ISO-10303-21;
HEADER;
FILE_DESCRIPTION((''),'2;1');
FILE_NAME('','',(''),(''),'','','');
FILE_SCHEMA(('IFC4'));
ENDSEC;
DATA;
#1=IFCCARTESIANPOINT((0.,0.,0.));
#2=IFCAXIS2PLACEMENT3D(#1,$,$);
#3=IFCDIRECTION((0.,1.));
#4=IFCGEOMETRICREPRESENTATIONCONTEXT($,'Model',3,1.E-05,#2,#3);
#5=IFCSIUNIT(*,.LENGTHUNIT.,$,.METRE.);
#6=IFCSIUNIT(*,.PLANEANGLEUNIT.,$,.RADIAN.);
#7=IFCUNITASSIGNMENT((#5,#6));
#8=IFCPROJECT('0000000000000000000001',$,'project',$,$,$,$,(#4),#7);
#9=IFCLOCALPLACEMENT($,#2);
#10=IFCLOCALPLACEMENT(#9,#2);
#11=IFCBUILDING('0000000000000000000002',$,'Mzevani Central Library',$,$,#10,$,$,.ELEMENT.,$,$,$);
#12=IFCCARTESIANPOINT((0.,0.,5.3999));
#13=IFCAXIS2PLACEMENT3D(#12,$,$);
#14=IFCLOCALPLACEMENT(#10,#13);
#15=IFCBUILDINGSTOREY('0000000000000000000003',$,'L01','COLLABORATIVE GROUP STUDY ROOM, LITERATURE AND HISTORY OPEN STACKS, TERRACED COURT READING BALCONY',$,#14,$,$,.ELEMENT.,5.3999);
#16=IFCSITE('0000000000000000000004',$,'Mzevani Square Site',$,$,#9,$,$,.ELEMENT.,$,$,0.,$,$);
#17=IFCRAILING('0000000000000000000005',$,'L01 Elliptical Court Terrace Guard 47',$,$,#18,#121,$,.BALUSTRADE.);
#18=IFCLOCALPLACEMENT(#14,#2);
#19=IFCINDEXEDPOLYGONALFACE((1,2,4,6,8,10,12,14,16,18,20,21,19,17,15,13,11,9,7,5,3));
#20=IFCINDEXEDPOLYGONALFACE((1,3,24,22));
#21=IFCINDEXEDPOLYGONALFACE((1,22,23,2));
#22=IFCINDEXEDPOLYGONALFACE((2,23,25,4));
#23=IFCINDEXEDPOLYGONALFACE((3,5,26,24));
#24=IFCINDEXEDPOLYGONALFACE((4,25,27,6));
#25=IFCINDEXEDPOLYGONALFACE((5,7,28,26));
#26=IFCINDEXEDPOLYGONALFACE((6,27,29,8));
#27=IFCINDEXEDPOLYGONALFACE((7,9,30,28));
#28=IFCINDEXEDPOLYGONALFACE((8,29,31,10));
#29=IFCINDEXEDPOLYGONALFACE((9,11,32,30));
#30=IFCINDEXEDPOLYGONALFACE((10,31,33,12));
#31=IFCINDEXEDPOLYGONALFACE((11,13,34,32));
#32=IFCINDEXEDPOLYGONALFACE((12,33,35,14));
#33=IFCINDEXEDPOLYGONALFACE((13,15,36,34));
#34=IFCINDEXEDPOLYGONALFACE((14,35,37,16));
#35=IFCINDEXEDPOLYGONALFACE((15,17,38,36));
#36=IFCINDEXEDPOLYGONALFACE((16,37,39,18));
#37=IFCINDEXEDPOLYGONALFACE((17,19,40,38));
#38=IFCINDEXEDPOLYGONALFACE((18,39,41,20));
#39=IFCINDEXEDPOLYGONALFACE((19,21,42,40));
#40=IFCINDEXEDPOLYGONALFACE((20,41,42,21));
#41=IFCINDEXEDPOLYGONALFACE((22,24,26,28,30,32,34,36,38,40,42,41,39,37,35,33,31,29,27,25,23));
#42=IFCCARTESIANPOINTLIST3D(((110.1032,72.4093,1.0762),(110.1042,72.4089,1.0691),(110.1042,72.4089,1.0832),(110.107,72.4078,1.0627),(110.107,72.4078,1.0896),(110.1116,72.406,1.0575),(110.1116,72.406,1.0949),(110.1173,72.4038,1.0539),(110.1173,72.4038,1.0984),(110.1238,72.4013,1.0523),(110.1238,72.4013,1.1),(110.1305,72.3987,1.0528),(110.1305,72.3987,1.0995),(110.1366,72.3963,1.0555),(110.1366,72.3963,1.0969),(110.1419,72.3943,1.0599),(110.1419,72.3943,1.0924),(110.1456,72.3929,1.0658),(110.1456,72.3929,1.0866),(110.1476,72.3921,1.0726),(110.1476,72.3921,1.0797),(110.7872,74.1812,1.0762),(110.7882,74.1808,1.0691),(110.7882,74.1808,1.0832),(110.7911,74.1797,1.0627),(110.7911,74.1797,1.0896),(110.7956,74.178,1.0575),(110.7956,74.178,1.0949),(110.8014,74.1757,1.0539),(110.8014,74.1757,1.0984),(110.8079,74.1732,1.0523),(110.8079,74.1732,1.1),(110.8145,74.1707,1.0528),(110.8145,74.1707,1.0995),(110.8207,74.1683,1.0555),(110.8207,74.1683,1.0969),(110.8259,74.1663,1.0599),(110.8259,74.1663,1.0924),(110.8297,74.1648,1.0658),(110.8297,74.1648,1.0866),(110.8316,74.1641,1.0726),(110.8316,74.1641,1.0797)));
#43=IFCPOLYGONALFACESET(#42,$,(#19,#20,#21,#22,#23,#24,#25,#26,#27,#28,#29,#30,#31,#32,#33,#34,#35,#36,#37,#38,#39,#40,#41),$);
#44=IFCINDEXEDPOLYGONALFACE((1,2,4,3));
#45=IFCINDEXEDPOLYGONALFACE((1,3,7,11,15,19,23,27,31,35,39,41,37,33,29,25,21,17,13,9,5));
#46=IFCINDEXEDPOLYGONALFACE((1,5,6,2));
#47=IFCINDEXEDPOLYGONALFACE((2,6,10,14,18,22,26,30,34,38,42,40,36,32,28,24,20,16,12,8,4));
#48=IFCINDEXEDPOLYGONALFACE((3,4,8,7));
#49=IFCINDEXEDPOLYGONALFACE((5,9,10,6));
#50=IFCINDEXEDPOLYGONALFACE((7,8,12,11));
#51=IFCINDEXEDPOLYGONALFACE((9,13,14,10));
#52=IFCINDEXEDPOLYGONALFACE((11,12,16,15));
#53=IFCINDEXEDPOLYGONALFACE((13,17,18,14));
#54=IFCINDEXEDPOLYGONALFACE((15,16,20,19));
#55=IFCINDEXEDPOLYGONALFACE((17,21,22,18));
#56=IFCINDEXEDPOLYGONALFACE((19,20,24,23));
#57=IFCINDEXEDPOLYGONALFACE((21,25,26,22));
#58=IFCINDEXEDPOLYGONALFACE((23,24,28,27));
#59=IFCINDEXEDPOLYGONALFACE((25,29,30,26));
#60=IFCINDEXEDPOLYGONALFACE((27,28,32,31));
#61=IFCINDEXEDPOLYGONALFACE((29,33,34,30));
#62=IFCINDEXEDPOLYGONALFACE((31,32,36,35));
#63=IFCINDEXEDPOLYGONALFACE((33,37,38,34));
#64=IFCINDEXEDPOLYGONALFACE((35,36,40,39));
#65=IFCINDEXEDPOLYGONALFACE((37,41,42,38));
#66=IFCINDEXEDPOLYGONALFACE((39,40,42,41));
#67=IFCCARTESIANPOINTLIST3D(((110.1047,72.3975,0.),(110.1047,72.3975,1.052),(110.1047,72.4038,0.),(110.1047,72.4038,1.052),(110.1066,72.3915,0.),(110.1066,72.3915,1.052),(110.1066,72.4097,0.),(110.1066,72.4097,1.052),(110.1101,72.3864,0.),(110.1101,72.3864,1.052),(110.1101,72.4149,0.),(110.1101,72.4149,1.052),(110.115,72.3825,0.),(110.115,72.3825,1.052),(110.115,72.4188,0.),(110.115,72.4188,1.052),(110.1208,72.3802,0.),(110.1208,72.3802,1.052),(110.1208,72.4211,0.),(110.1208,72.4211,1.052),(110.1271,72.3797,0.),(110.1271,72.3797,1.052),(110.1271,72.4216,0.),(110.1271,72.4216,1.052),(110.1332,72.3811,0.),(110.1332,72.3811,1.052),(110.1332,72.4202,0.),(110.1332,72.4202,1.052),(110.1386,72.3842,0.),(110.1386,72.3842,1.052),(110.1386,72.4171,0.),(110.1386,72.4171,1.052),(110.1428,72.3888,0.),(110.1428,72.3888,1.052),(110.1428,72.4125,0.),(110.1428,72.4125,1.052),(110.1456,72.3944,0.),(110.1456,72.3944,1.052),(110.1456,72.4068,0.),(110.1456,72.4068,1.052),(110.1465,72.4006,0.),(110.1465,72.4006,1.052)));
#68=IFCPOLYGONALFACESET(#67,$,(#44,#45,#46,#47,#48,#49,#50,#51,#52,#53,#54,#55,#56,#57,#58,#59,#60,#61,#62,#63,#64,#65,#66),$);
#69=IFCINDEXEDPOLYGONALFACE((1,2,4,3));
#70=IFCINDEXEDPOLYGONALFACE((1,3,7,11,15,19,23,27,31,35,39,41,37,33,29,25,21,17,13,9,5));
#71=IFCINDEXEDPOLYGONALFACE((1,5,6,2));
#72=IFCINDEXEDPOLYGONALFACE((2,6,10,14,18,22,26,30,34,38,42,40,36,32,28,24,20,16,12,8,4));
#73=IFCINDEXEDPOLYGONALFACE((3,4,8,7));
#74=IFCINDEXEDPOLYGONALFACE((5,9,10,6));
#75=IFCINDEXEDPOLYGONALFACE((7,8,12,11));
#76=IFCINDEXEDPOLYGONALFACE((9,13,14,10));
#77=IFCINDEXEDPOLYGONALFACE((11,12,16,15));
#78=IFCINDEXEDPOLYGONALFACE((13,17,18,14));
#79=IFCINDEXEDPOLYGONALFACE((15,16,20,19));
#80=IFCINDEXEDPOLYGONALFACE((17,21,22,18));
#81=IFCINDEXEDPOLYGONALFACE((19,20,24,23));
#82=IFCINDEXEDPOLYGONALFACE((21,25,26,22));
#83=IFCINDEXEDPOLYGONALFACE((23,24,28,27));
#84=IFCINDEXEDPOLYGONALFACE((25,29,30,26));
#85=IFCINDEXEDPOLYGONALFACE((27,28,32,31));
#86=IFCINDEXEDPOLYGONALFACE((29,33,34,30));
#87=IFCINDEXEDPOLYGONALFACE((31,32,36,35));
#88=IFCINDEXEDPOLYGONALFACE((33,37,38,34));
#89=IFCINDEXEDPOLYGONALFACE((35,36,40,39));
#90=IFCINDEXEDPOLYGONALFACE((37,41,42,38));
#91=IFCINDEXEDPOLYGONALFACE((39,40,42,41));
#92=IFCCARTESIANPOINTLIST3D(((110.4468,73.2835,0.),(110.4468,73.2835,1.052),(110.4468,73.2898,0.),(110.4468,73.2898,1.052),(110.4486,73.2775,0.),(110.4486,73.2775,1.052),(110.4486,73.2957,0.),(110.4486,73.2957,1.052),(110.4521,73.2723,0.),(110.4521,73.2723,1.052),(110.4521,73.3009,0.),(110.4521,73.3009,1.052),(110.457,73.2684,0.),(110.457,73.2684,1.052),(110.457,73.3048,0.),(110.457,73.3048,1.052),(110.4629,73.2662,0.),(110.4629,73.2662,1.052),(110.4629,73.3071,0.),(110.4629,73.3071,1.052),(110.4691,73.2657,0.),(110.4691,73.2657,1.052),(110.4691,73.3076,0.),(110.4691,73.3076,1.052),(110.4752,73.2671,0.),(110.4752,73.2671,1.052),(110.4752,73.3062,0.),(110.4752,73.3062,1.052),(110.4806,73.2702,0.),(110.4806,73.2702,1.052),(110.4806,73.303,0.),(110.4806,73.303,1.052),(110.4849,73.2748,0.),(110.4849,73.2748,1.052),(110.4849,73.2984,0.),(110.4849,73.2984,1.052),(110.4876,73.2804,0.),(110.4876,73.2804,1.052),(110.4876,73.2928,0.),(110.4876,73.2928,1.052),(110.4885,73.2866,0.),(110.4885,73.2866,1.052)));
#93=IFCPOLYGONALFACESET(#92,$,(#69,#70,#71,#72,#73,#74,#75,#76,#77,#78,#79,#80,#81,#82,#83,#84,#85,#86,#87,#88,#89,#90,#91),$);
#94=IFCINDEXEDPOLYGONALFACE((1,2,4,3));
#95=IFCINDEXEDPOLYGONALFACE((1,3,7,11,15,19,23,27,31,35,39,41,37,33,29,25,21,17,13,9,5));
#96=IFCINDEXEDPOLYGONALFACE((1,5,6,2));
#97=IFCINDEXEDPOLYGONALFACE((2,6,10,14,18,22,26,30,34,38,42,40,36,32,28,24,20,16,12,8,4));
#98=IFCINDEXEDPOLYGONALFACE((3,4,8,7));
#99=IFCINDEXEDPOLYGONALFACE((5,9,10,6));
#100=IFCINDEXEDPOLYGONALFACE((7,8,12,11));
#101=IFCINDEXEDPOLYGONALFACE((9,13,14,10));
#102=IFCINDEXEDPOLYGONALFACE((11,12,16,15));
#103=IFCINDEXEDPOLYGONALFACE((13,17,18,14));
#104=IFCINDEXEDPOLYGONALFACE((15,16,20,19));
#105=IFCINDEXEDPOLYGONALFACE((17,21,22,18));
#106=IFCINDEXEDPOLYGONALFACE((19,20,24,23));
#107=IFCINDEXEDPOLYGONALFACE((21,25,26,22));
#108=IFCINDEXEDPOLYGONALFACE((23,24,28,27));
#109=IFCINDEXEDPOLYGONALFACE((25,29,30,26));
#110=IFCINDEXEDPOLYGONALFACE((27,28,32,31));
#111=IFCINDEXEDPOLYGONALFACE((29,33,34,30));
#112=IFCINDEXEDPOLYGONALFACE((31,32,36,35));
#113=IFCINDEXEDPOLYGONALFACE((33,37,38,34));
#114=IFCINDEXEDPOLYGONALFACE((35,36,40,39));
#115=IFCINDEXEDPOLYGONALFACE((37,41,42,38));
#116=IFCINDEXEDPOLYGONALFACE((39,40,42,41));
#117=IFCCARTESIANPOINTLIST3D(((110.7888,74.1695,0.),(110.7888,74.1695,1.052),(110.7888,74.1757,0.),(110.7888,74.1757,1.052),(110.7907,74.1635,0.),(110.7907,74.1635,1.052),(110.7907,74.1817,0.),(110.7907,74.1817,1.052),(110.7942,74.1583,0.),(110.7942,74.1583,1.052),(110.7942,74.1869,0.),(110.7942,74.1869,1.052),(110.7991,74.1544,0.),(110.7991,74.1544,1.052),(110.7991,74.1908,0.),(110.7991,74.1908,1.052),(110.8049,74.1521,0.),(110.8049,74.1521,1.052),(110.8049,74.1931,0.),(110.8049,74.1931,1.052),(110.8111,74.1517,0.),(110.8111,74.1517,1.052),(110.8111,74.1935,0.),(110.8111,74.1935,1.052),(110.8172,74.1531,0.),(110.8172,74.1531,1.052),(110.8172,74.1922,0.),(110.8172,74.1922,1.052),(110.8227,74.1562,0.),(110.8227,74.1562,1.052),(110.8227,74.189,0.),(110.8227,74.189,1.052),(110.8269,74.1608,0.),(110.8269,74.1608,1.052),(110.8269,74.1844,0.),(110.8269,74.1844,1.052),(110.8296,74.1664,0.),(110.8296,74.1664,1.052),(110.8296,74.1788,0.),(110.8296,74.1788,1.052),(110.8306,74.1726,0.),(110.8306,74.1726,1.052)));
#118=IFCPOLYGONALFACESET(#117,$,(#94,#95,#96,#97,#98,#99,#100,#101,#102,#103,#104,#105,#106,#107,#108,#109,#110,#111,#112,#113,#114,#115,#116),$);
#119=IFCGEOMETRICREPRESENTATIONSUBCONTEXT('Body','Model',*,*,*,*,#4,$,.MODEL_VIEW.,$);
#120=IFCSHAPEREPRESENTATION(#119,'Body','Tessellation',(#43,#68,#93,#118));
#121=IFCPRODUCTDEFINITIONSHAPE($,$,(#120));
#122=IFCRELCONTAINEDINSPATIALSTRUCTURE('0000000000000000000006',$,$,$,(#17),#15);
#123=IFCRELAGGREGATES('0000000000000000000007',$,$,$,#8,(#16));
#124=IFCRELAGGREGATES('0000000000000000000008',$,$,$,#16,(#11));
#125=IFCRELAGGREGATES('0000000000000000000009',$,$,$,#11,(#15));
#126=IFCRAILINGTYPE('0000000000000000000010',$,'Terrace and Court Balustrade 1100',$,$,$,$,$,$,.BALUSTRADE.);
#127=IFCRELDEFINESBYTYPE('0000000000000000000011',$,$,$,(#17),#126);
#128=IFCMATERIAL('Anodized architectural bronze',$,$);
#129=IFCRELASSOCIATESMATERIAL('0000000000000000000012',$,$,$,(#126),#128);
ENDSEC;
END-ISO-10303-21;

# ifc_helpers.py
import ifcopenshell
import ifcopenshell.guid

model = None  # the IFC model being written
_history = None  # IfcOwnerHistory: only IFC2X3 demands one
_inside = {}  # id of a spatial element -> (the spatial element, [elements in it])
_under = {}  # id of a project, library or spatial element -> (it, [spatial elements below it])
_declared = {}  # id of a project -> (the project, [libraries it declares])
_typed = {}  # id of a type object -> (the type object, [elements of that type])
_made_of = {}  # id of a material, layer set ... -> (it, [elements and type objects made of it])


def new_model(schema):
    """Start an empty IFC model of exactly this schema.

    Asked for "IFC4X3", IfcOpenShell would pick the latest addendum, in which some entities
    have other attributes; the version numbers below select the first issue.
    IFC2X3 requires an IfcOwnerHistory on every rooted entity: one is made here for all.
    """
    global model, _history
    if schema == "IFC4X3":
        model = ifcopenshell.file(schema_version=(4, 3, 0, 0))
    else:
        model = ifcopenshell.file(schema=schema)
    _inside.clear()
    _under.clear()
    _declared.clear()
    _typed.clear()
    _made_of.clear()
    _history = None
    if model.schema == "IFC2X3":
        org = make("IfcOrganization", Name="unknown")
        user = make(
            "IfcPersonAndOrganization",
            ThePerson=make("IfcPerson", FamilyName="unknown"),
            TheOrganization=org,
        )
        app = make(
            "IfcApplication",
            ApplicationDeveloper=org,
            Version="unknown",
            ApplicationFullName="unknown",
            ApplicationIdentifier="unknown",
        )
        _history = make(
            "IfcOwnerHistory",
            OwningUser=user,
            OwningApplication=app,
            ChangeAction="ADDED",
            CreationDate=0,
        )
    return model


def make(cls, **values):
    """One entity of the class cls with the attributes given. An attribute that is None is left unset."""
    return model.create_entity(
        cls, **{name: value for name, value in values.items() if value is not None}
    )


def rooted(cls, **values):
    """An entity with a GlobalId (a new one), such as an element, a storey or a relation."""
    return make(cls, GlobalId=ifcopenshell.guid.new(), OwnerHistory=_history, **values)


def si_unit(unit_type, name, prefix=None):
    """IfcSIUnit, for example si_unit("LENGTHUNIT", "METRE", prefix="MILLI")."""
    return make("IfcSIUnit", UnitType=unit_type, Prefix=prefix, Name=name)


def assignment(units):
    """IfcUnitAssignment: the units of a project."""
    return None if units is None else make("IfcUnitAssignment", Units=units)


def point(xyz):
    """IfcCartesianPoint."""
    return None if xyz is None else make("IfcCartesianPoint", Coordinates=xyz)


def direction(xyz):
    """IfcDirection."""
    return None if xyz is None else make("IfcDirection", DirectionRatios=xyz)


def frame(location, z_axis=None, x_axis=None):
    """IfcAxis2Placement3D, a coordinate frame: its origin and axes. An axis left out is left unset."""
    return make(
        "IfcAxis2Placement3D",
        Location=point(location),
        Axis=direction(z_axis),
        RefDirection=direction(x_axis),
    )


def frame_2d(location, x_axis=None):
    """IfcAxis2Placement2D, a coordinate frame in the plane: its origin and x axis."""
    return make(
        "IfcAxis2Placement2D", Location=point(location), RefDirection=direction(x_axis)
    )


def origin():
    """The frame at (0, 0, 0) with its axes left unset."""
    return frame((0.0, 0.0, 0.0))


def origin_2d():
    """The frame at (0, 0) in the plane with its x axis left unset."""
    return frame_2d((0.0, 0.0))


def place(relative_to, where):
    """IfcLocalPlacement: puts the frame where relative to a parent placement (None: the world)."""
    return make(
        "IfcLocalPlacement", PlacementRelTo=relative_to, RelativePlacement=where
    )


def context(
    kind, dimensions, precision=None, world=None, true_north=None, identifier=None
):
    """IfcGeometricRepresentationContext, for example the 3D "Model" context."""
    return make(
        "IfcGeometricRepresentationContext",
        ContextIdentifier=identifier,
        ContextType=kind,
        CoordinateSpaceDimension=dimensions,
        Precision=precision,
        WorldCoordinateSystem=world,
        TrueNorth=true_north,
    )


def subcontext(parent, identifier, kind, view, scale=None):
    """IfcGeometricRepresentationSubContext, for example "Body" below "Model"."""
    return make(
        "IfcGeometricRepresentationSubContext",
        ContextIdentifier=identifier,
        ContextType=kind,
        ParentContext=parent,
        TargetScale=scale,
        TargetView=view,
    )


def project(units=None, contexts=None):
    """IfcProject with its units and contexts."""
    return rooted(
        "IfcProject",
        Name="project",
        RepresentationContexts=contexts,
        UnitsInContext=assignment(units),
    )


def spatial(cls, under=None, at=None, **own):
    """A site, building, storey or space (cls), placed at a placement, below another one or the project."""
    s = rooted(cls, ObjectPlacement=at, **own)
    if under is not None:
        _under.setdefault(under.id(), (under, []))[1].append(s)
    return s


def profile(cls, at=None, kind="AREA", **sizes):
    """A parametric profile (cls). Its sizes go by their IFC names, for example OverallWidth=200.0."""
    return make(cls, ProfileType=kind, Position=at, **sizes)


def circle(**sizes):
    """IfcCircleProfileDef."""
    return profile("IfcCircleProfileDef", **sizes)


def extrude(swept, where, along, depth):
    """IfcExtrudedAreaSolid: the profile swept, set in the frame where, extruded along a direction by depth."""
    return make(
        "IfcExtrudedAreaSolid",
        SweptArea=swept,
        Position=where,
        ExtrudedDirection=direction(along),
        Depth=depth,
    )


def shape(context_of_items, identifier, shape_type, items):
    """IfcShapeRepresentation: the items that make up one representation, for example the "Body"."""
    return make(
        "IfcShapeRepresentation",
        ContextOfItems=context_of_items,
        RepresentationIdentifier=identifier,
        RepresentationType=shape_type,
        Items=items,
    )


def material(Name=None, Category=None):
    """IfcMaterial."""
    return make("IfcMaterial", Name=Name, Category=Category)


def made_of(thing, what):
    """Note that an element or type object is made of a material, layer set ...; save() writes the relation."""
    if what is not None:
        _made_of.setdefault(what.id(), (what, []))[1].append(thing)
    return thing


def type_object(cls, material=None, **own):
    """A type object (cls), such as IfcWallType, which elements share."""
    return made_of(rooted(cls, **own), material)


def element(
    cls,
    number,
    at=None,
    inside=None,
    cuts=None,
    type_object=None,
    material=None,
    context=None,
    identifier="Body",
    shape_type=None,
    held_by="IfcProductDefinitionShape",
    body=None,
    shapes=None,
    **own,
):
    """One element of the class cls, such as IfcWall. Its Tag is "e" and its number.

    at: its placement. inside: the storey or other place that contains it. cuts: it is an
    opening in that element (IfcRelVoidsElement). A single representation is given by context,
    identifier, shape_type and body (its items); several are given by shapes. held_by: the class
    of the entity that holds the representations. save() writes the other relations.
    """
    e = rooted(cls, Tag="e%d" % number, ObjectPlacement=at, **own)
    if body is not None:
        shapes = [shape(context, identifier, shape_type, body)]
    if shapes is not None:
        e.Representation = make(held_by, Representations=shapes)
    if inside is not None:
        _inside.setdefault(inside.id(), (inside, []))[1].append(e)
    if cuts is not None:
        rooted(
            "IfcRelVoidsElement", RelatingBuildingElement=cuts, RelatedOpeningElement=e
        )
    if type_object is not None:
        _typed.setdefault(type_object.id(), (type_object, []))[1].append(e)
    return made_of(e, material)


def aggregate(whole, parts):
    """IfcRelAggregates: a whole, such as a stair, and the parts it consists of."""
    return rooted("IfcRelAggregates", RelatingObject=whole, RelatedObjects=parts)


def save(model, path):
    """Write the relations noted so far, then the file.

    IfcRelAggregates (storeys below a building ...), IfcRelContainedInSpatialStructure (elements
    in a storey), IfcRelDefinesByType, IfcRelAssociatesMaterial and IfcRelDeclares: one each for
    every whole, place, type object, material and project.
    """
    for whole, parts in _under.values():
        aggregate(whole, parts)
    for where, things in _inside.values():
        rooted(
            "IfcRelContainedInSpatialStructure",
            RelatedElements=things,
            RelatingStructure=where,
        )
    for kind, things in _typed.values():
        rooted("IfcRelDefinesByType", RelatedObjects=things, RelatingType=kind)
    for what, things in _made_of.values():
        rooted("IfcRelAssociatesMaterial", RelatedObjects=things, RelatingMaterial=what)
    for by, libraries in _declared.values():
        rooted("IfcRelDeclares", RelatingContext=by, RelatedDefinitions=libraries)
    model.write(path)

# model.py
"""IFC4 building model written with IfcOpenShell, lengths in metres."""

from ifc_helpers import new_model, si_unit, direction, frame, origin, origin_2d, place, context, subcontext, project, spatial, circle, extrude, material, type_object, element, save


model = new_model("IFC4")

# Units and contexts
model_context = context("Model", 3, precision=1e-05, world=origin(), true_north=direction((0.0, 1.0)))
body_context = subcontext(model_context, "Body", "Model", "MODEL_VIEW")
ifc_project = project(units=[si_unit("LENGTHUNIT", "METRE"), si_unit("PLANEANGLEUNIT", "RADIAN")], contexts=[model_context])

# Site, building, storey
site_placement = place(None, origin())
site = spatial("IfcSite", under=ifc_project, at=site_placement, Name="Mzevani Square Site", CompositionType="ELEMENT", RefElevation=0.0)
building_placement = place(site_placement, origin())
building = spatial("IfcBuilding", under=site, at=building_placement, Name="Mzevani Central Library", CompositionType="ELEMENT")
storey_placement = place(building_placement, frame((0.0, 0.0, 5.3999)))
storey = spatial("IfcBuildingStorey", under=building, at=storey_placement, Name="L01", Description="COLLABORATIVE GROUP STUDY ROOM, LITERATURE AND HISTORY OPEN STACKS, TERRACED COURT READING BALCONY", CompositionType="ELEMENT", Elevation=5.3999)

# Railing
ifc_material_1 = material(Name="Anodized architectural bronze")
railing_type = type_object("IfcRailingType", Name="Terrace and Court Balustrade 1100", PredefinedType="BALUSTRADE", material=ifc_material_1)
railing_1_placement = place(storey_placement, frame((110.1255, 72.4006, 0.0)))
element("IfcRailing", 1, at=railing_1_placement, inside=storey, type_object=railing_type, Name="L01 Elliptical Court Terrace Guard 47", PredefinedType="BALUSTRADE", context=body_context, shape_type="SweptSolid", body=[
    extrude(circle(Radius=0.0239, at=origin_2d()), frame((0.0, 0.0, 1.0762), z_axis=(0.36015, 0.932894, 0.0), x_axis=(-0.932894, 0.36015, 0.0)), (0.0, 0.0, 1.0), 1.8994),
    extrude(circle(Radius=0.021, at=origin_2d()), origin(), (0.0, 0.0, 1.0), 1.052),
    extrude(circle(Radius=0.021, at=origin_2d()), frame((0.342, 0.886, 0.0)), (0.0, 0.0, 1.0), 1.052),
    extrude(circle(Radius=0.021, at=origin_2d()), frame((0.6841, 1.772, 0.0)), (0.0, 0.0, 1.0), 1.052),
])

save(model, "model.ifc")
